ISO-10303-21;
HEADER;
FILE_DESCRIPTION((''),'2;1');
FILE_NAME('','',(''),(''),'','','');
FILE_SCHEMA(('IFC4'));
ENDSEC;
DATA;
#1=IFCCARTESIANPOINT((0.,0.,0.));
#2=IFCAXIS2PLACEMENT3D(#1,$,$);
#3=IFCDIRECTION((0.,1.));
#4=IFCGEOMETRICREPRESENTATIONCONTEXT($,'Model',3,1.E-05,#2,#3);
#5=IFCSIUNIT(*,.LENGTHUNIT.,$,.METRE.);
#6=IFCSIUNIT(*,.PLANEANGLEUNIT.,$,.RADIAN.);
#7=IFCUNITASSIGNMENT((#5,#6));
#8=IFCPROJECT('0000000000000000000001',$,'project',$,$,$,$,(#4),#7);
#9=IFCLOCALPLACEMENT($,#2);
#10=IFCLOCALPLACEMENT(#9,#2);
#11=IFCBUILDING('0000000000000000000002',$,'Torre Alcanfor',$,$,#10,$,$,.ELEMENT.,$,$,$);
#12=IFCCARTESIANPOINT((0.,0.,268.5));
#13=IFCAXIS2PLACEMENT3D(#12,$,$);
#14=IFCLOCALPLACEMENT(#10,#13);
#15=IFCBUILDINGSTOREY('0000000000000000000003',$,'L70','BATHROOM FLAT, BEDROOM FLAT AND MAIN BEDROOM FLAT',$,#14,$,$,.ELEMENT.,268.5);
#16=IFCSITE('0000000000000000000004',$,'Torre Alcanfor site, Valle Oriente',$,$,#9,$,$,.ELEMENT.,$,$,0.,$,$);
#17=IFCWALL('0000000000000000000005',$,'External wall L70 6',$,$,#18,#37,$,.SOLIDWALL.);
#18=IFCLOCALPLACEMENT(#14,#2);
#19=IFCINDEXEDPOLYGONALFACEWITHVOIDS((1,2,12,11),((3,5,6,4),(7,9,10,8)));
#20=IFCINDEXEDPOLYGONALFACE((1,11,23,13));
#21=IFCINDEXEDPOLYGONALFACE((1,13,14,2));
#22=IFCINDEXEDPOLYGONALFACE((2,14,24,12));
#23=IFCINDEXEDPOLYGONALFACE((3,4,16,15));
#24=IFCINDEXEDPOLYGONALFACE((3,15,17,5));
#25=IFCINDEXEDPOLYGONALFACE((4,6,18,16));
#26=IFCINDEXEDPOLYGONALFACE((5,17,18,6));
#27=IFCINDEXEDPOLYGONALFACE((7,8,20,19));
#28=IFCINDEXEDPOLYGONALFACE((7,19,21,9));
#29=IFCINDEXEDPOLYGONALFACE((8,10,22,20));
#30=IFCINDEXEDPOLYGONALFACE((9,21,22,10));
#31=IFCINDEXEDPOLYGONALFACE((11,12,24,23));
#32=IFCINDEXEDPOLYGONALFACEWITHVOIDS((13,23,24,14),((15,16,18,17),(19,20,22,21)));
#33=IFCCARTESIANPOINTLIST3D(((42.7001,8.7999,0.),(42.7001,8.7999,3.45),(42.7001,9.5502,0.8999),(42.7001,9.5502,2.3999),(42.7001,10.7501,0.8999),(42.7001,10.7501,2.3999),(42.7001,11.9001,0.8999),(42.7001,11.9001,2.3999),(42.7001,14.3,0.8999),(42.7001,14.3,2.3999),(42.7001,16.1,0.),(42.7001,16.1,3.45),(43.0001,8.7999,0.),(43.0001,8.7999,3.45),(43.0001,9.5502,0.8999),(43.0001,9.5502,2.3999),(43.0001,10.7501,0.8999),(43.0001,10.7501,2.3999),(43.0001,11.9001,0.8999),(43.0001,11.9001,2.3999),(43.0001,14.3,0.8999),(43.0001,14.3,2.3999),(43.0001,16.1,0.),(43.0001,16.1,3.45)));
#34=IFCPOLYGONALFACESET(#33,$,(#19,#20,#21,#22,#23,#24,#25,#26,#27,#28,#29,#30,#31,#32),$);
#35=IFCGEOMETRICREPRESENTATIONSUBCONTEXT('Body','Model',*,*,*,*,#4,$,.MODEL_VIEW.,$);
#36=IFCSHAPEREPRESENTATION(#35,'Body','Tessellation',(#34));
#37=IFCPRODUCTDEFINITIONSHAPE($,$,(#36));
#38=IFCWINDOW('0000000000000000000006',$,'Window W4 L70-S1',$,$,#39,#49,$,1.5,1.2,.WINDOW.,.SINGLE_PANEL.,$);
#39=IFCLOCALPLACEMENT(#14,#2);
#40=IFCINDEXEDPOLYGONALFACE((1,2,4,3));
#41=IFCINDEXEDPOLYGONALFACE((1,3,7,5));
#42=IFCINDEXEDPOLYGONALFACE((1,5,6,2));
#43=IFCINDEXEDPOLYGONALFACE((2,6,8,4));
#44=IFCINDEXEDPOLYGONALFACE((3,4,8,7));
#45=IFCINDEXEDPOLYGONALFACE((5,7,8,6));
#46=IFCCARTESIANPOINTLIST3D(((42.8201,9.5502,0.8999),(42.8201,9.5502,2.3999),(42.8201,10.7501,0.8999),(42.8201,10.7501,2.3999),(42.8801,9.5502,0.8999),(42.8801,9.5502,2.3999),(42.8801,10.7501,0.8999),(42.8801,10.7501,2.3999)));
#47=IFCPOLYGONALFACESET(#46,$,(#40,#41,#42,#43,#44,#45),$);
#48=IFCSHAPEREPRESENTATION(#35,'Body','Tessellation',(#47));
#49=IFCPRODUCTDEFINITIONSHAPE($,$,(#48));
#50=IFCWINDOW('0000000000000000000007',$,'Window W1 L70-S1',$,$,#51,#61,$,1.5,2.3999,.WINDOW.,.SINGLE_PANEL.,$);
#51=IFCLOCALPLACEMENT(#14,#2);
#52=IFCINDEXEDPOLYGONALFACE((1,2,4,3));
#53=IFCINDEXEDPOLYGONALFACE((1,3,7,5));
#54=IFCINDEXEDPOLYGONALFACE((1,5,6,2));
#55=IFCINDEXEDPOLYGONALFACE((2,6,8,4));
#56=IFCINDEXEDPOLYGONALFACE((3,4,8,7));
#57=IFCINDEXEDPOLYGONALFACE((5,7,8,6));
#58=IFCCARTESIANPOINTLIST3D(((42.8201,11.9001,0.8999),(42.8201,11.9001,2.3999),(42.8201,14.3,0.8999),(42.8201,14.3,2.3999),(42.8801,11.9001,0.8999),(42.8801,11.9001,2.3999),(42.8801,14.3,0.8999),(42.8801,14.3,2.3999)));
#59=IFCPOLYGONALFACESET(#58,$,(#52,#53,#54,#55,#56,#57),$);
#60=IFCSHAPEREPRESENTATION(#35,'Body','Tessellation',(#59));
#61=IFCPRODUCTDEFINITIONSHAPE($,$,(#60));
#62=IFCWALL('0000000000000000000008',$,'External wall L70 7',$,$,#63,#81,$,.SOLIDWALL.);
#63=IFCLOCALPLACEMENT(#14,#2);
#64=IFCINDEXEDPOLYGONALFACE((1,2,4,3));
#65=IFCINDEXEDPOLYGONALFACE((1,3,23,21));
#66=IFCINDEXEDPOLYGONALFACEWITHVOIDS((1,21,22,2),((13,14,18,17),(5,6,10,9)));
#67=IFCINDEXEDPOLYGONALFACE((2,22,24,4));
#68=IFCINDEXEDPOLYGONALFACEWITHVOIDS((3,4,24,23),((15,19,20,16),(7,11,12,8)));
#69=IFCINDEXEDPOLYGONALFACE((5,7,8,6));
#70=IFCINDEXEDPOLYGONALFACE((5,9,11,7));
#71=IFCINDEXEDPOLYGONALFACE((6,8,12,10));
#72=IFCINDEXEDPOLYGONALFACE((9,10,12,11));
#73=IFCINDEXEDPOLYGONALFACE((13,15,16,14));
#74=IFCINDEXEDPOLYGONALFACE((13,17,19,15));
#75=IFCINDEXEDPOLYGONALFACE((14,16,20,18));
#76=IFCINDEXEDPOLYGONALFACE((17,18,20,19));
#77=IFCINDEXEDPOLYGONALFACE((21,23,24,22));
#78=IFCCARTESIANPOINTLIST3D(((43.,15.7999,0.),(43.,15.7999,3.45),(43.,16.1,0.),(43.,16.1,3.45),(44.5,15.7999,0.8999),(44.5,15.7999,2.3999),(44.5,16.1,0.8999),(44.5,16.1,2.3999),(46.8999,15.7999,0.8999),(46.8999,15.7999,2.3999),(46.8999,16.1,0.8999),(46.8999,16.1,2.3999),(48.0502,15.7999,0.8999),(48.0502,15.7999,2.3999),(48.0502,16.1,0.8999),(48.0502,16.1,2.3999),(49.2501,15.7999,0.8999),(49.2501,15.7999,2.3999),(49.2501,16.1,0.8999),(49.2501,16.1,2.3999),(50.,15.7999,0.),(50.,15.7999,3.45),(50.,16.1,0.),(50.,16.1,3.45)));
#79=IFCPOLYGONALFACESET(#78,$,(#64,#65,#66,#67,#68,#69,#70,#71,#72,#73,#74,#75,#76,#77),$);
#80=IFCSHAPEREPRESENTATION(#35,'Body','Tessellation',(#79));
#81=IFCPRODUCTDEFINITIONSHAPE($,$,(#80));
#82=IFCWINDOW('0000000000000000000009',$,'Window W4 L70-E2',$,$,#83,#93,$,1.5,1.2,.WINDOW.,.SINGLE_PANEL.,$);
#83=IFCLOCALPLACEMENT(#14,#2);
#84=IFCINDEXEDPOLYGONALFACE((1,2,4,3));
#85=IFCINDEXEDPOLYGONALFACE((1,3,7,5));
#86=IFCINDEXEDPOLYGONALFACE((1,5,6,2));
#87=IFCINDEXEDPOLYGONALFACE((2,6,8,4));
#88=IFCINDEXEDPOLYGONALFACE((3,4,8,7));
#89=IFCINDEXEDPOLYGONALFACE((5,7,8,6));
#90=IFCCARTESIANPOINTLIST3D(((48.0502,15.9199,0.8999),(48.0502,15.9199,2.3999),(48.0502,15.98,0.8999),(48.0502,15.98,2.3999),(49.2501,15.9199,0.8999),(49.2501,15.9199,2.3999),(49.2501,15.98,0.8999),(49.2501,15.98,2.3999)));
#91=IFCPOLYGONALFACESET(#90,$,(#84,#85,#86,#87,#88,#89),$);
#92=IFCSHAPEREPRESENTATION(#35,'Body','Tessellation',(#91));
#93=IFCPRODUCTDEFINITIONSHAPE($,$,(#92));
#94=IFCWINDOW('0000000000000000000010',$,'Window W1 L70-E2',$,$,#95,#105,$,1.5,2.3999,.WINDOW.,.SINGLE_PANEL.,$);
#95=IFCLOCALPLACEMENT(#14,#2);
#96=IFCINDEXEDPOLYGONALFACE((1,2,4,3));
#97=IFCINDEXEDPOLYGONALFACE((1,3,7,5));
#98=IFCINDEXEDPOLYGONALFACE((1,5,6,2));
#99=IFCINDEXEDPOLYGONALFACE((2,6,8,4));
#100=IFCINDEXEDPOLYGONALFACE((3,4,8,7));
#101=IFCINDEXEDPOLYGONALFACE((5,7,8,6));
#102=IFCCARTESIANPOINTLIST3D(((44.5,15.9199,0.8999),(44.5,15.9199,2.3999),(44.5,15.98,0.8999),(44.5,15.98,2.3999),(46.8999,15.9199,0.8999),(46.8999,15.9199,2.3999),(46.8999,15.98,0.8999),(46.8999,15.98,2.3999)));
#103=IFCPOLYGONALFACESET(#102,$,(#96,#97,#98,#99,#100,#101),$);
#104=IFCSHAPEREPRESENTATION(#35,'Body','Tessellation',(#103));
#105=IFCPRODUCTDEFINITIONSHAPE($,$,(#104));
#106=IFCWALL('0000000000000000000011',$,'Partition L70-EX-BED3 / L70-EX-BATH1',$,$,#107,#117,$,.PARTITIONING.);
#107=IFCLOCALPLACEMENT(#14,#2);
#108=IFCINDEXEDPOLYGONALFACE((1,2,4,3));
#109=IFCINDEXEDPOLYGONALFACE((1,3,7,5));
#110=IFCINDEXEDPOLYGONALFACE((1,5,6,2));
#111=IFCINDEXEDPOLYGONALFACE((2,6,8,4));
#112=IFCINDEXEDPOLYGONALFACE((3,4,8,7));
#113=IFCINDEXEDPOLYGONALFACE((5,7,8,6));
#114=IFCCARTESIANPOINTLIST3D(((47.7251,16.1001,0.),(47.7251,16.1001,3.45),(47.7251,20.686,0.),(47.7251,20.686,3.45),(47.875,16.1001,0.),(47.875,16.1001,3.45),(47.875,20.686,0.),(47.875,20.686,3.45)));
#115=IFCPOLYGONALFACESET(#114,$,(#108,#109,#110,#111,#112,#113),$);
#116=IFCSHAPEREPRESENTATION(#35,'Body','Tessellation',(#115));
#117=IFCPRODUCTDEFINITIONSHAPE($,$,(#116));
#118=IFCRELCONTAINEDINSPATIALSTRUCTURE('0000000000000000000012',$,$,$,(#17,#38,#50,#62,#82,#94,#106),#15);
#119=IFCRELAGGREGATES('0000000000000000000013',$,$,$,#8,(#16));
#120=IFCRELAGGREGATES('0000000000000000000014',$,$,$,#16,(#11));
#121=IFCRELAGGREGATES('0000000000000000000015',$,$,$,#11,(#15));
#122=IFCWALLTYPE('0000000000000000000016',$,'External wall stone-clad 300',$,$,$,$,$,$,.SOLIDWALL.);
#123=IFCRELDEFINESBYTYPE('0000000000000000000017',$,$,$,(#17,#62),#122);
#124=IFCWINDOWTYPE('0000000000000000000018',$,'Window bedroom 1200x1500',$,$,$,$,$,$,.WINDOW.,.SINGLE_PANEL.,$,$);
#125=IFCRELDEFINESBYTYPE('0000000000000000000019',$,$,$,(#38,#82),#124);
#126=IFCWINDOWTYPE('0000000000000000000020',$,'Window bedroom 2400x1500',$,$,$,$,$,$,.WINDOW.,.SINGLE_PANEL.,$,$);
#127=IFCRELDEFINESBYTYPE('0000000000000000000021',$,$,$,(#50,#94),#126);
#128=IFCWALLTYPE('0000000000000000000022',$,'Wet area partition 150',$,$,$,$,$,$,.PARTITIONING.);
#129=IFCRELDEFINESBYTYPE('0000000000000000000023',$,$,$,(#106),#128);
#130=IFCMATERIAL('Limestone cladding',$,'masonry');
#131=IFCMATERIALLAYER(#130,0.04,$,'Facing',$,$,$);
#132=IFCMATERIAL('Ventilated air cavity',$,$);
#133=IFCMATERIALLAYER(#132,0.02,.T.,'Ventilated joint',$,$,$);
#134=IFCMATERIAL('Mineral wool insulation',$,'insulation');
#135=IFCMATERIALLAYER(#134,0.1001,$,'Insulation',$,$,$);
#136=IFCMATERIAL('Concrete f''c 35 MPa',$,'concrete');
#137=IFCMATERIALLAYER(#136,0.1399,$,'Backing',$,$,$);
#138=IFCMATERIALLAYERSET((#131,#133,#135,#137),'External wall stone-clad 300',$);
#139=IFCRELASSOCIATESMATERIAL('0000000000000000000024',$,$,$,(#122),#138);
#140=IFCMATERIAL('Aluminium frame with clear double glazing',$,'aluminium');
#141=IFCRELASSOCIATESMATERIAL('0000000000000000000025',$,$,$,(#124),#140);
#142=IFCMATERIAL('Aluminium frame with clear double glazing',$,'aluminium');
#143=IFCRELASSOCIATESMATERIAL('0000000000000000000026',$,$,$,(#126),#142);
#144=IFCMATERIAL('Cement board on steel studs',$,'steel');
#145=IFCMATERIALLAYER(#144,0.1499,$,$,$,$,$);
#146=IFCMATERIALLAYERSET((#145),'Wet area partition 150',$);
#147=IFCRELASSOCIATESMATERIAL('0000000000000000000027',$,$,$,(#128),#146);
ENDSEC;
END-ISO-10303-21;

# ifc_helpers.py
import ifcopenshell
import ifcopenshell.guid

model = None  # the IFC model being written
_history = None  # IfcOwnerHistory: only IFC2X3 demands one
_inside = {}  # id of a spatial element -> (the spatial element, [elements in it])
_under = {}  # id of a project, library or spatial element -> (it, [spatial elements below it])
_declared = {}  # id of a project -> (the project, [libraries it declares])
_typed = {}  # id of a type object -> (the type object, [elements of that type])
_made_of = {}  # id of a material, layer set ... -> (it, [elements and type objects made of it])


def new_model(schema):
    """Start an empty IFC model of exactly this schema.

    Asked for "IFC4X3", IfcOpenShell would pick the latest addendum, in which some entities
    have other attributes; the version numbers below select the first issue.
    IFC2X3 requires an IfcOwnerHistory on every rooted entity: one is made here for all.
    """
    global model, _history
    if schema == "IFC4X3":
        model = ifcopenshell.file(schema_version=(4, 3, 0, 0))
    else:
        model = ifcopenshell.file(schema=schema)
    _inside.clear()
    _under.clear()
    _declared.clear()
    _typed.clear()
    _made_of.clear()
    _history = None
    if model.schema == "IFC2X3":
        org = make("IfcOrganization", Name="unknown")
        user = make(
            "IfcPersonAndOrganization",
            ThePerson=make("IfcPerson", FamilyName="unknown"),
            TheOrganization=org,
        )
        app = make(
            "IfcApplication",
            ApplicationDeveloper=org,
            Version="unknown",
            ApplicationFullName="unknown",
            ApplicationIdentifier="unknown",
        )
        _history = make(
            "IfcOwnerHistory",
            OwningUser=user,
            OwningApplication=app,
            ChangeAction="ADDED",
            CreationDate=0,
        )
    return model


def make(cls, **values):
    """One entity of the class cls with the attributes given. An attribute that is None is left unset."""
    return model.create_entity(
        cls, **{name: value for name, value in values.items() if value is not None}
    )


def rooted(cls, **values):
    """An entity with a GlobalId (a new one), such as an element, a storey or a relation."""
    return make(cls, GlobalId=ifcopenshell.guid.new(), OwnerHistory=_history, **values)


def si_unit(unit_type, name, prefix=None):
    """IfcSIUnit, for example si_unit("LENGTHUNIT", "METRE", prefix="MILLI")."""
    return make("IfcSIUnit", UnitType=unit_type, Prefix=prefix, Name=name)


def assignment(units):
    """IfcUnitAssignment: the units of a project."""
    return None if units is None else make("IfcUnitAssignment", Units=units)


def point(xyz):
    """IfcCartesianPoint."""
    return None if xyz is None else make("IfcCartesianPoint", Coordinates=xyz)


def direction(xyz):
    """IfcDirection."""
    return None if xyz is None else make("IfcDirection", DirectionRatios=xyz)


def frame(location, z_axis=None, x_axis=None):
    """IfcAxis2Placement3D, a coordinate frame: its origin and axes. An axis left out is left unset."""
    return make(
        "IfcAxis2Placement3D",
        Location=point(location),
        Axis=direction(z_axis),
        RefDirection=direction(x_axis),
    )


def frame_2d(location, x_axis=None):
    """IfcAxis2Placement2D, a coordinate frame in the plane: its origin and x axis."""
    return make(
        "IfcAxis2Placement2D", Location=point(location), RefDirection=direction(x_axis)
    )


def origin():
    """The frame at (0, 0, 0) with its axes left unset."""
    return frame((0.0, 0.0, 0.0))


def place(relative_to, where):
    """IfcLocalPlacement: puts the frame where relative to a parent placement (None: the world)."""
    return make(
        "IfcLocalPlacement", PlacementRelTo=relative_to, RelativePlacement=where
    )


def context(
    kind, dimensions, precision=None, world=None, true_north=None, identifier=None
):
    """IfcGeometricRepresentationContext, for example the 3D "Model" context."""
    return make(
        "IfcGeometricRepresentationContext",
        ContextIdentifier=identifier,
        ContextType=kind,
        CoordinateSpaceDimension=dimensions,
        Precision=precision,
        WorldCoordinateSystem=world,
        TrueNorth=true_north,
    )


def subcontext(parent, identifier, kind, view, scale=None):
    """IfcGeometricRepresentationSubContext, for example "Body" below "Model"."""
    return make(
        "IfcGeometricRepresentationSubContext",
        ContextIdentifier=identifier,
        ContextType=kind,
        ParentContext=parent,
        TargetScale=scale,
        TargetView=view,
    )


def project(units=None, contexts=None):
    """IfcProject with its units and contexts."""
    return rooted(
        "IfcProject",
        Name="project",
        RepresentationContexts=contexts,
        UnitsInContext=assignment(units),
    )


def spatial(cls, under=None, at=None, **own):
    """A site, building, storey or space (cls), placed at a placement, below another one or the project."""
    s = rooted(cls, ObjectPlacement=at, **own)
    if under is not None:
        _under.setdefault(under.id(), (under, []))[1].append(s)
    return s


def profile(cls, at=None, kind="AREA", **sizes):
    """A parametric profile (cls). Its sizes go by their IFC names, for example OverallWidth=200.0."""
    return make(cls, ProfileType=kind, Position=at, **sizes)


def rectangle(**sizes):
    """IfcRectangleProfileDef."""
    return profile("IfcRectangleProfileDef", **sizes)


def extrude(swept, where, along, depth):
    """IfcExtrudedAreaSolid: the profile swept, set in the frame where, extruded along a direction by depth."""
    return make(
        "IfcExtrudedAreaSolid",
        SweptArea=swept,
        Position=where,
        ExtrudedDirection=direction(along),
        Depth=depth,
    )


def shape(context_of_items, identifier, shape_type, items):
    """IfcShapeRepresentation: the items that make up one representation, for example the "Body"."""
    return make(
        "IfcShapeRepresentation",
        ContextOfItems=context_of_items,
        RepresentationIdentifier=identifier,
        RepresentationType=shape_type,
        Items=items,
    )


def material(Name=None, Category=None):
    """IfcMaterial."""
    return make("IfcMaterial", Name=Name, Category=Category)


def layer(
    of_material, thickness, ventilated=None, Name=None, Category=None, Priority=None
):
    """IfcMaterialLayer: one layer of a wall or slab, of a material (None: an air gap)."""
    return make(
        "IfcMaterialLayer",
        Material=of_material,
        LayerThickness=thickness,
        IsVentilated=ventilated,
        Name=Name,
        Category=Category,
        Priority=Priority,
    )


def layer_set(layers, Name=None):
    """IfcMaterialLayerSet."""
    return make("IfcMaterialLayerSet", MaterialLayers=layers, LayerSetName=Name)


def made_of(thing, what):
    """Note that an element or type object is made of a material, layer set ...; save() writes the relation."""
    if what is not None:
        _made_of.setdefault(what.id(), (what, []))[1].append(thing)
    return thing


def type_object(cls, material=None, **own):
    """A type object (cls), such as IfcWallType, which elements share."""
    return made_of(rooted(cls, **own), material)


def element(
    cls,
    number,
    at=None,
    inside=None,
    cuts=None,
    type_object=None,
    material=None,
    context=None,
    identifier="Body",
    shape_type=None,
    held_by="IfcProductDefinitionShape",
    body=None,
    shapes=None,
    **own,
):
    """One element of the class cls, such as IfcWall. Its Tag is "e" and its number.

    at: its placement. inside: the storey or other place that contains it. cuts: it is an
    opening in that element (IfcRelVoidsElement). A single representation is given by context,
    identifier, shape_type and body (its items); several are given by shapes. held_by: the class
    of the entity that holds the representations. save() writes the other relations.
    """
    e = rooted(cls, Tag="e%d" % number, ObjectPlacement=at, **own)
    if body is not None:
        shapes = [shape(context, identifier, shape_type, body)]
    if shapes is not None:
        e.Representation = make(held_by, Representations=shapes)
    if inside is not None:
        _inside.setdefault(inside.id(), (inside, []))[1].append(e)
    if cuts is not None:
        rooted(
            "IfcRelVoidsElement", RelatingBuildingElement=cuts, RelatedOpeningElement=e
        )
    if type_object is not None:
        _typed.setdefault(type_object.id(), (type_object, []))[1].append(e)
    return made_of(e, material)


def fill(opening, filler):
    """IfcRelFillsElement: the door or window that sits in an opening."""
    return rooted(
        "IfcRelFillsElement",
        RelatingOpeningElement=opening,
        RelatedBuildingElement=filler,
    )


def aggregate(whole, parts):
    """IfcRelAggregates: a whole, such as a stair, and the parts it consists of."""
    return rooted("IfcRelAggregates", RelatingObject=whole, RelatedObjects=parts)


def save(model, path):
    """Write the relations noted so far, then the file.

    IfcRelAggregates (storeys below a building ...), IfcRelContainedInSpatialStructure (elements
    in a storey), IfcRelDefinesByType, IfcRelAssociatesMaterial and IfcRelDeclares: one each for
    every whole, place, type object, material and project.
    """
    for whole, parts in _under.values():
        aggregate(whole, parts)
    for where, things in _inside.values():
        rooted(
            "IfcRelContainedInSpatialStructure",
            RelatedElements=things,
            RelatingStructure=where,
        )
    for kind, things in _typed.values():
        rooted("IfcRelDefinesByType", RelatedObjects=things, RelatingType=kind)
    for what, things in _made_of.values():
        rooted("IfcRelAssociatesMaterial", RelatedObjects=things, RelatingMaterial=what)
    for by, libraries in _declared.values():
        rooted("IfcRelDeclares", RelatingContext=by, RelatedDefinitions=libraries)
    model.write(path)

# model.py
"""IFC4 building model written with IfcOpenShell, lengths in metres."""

from ifc_helpers import new_model, si_unit, direction, frame, frame_2d, origin, place, context, subcontext, project, spatial, rectangle, extrude, material, layer, layer_set, type_object, element, fill, save


model = new_model("IFC4")

# Units and contexts
model_context = context("Model", 3, precision=1e-05, world=origin(), true_north=direction((0.0, 1.0)))
body_context = subcontext(model_context, "Body", "Model", "MODEL_VIEW")
ifc_project = project(units=[si_unit("LENGTHUNIT", "METRE"), si_unit("PLANEANGLEUNIT", "RADIAN")], contexts=[model_context])

# Site, building, storey
site_placement = place(None, origin())
site = spatial("IfcSite", under=ifc_project, at=site_placement, Name="Torre Alcanfor site, Valle Oriente", CompositionType="ELEMENT", RefElevation=0.0)
building_placement = place(site_placement, origin())
building = spatial("IfcBuilding", under=site, at=building_placement, Name="Torre Alcanfor", CompositionType="ELEMENT")
storey_placement = place(building_placement, frame((0.0, 0.0, 268.5)))
storey = spatial("IfcBuildingStorey", under=building, at=storey_placement, Name="L70", Description="BATHROOM FLAT, BEDROOM FLAT AND MAIN BEDROOM FLAT", CompositionType="ELEMENT", Elevation=268.5)

# Walls, openings, windows
ifc_material_1 = material(Name="Limestone cladding", Category="masonry")
ifc_layer_1 = layer(ifc_material_1, 0.04, Name="Facing")
ifc_material_2 = material(Name="Ventilated air cavity")
ifc_layer_2 = layer(ifc_material_2, 0.02, ventilated=True, Name="Ventilated joint")
ifc_material_3 = material(Name="Mineral wool insulation", Category="insulation")
ifc_layer_3 = layer(ifc_material_3, 0.1001, Name="Insulation")
ifc_material_4 = material(Name="Concrete f'c 35 MPa", Category="concrete")
ifc_layer_4 = layer(ifc_material_4, 0.1399, Name="Backing")
ifc_layer_set_1 = layer_set([ifc_layer_1, ifc_layer_2, ifc_layer_3, ifc_layer_4], Name="External wall stone-clad 300")
wall_type_1 = type_object("IfcWallType", Name="External wall stone-clad 300", PredefinedType="SOLIDWALL", material=ifc_layer_set_1)
wall_1_placement = place(storey_placement, frame((42.8501, 8.8, 0.0), z_axis=(0.0, 0.0, 1.0), x_axis=(0.0, 1.0, 0.0)))
wall_1 = element("IfcWall", 1, at=wall_1_placement, inside=storey, type_object=wall_type_1, Name="External wall L70 6", PredefinedType="SOLIDWALL", context=body_context, shape_type="SweptSolid", body=[
    extrude(rectangle(XDim=7.3, YDim=0.3, at=frame_2d((3.6499, 0.0))), origin(), (0.0, 0.0, 1.0), 3.45),
])
opening_1_placement = place(wall_1_placement, frame((3.1001, 0.0, 0.8999)))
opening_1 = element("IfcOpeningElement", 2, at=opening_1_placement, cuts=wall_1, PredefinedType="OPENING", context=body_context, shape_type="SweptSolid", body=[
    extrude(rectangle(XDim=2.3999, YDim=1.5, at=frame_2d((1.2, 0.75))), frame((0.0, 0.1599, 0.0), z_axis=(0.0, -1.0, 0.0), x_axis=(1.0, 0.0, 0.0)), (0.0, 0.0, 1.0), 0.3201),
])
opening_2_placement = place(wall_1_placement, frame((0.75, 0.0, 0.8999)))
opening_2 = element("IfcOpeningElement", 3, at=opening_2_placement, cuts=wall_1, PredefinedType="OPENING", context=body_context, shape_type="SweptSolid", body=[
    extrude(rectangle(XDim=1.2, YDim=1.5, at=frame_2d((0.6001, 0.75))), frame((0.0, 0.1599, 0.0), z_axis=(0.0, -1.0, 0.0), x_axis=(1.0, 0.0, 0.0)), (0.0, 0.0, 1.0), 0.3201),
])
ifc_material_5 = material(Name="Aluminium frame with clear double glazing", Category="aluminium")
window_type_1 = type_object("IfcWindowType", Name="Window bedroom 1200x1500", PartitioningType="SINGLE_PANEL", PredefinedType="WINDOW", material=ifc_material_5)
window_1_placement = place(opening_2_placement, origin())
window_1 = element("IfcWindow", 4, at=window_1_placement, inside=storey, type_object=window_type_1, Name="Window W4 L70-S1", OverallHeight=1.5, OverallWidth=1.2, PartitioningType="SINGLE_PANEL", PredefinedType="WINDOW", context=body_context, shape_type="SweptSolid", body=[
    extrude(rectangle(XDim=1.2, YDim=1.5, at=frame_2d((0.6001, 0.75))), frame((0.0, 0.03, 0.0), z_axis=(0.0, -1.0, 0.0), x_axis=(1.0, 0.0, 0.0)), (0.0, 0.0, 1.0), 0.0601),
])
fill(opening_2, window_1)
ifc_material_6 = material(Name="Aluminium frame with clear double glazing", Category="aluminium")
window_type_2 = type_object("IfcWindowType", Name="Window bedroom 2400x1500", PartitioningType="SINGLE_PANEL", PredefinedType="WINDOW", material=ifc_material_6)
window_2_placement = place(opening_1_placement, origin())
window_2 = element("IfcWindow", 5, at=window_2_placement, inside=storey, type_object=window_type_2, Name="Window W1 L70-S1", OverallHeight=1.5, OverallWidth=2.3999, PartitioningType="SINGLE_PANEL", PredefinedType="WINDOW", context=body_context, shape_type="SweptSolid", body=[
    extrude(rectangle(XDim=2.3999, YDim=1.5, at=frame_2d((1.2, 0.75))), frame((0.0, 0.03, 0.0), z_axis=(0.0, -1.0, 0.0), x_axis=(1.0, 0.0, 0.0)), (0.0, 0.0, 1.0), 0.0601),
])
fill(opening_1, window_2)
wall_2_placement = place(storey_placement, frame((43.0, 15.95, 0.0), z_axis=(0.0, 0.0, 1.0), x_axis=(1.0, 0.0, 0.0)))
wall_2 = element("IfcWall", 6, at=wall_2_placement, inside=storey, type_object=wall_type_1, Name="External wall L70 7", PredefinedType="SOLIDWALL", context=body_context, shape_type="SweptSolid", body=[
    extrude(rectangle(XDim=7.0, YDim=0.3, at=frame_2d((3.5, 0.0))), origin(), (0.0, 0.0, 1.0), 3.45),
])
opening_3_placement = place(wall_2_placement, frame((1.5, 0.0, 0.8999)))
opening_3 = element("IfcOpeningElement", 7, at=opening_3_placement, cuts=wall_2, PredefinedType="OPENING", context=body_context, shape_type="SweptSolid", body=[
    extrude(rectangle(XDim=2.3999, YDim=1.5, at=frame_2d((1.2, 0.75))), frame((0.0, 0.1599, 0.0), z_axis=(0.0, -1.0, 0.0), x_axis=(1.0, 0.0, 0.0)), (0.0, 0.0, 1.0), 0.3201),
])
opening_4_placement = place(wall_2_placement, frame((5.05, 0.0, 0.8999)))
opening_4 = element("IfcOpeningElement", 8, at=opening_4_placement, cuts=wall_2, PredefinedType="OPENING", context=body_context, shape_type="SweptSolid", body=[
    extrude(rectangle(XDim=1.2, YDim=1.5, at=frame_2d((0.6001, 0.75))), frame((0.0, 0.1599, 0.0), z_axis=(0.0, -1.0, 0.0), x_axis=(1.0, 0.0, 0.0)), (0.0, 0.0, 1.0), 0.3201),
])
window_3_placement = place(opening_4_placement, origin())
window_3 = element("IfcWindow", 9, at=window_3_placement, inside=storey, type_object=window_type_1, Name="Window W4 L70-E2", OverallHeight=1.5, OverallWidth=1.2, PartitioningType="SINGLE_PANEL", PredefinedType="WINDOW", context=body_context, shape_type="SweptSolid", body=[
    extrude(rectangle(XDim=1.2, YDim=1.5, at=frame_2d((0.6001, 0.75))), frame((0.0, 0.03, 0.0), z_axis=(0.0, -1.0, 0.0), x_axis=(1.0, 0.0, 0.0)), (0.0, 0.0, 1.0), 0.0601),
])
fill(opening_4, window_3)
window_4_placement = place(opening_3_placement, origin())
window_4 = element("IfcWindow", 10, at=window_4_placement, inside=storey, type_object=window_type_2, Name="Window W1 L70-E2", OverallHeight=1.5, OverallWidth=2.3999, PartitioningType="SINGLE_PANEL", PredefinedType="WINDOW", context=body_context, shape_type="SweptSolid", body=[
    extrude(rectangle(XDim=2.3999, YDim=1.5, at=frame_2d((1.2, 0.75))), frame((0.0, 0.03, 0.0), z_axis=(0.0, -1.0, 0.0), x_axis=(1.0, 0.0, 0.0)), (0.0, 0.0, 1.0), 0.0601),
])
fill(opening_3, window_4)

# Wall
ifc_material_7 = material(Name="Cement board on steel studs", Category="steel")
ifc_layer_5 = layer(ifc_material_7, 0.1499)
ifc_layer_set_2 = layer_set([ifc_layer_5], Name="Wet area partition 150")
wall_type_2 = type_object("IfcWallType", Name="Wet area partition 150", PredefinedType="PARTITIONING", material=ifc_layer_set_2)
wall_3_placement = place(storey_placement, frame((47.8, 16.1001, 0.0), z_axis=(0.0, 0.0, 1.0), x_axis=(0.0, 1.0, 0.0)))
element("IfcWall", 11, at=wall_3_placement, inside=storey, type_object=wall_type_2, Name="Partition L70-EX-BED3 / L70-EX-BATH1", PredefinedType="PARTITIONING", context=body_context, shape_type="SweptSolid", body=[
    extrude(rectangle(XDim=4.5859, YDim=0.1499, at=frame_2d((2.293, 0.0))), origin(), (0.0, 0.0, 1.0), 3.45),
])

save(model, "model.ifc")
